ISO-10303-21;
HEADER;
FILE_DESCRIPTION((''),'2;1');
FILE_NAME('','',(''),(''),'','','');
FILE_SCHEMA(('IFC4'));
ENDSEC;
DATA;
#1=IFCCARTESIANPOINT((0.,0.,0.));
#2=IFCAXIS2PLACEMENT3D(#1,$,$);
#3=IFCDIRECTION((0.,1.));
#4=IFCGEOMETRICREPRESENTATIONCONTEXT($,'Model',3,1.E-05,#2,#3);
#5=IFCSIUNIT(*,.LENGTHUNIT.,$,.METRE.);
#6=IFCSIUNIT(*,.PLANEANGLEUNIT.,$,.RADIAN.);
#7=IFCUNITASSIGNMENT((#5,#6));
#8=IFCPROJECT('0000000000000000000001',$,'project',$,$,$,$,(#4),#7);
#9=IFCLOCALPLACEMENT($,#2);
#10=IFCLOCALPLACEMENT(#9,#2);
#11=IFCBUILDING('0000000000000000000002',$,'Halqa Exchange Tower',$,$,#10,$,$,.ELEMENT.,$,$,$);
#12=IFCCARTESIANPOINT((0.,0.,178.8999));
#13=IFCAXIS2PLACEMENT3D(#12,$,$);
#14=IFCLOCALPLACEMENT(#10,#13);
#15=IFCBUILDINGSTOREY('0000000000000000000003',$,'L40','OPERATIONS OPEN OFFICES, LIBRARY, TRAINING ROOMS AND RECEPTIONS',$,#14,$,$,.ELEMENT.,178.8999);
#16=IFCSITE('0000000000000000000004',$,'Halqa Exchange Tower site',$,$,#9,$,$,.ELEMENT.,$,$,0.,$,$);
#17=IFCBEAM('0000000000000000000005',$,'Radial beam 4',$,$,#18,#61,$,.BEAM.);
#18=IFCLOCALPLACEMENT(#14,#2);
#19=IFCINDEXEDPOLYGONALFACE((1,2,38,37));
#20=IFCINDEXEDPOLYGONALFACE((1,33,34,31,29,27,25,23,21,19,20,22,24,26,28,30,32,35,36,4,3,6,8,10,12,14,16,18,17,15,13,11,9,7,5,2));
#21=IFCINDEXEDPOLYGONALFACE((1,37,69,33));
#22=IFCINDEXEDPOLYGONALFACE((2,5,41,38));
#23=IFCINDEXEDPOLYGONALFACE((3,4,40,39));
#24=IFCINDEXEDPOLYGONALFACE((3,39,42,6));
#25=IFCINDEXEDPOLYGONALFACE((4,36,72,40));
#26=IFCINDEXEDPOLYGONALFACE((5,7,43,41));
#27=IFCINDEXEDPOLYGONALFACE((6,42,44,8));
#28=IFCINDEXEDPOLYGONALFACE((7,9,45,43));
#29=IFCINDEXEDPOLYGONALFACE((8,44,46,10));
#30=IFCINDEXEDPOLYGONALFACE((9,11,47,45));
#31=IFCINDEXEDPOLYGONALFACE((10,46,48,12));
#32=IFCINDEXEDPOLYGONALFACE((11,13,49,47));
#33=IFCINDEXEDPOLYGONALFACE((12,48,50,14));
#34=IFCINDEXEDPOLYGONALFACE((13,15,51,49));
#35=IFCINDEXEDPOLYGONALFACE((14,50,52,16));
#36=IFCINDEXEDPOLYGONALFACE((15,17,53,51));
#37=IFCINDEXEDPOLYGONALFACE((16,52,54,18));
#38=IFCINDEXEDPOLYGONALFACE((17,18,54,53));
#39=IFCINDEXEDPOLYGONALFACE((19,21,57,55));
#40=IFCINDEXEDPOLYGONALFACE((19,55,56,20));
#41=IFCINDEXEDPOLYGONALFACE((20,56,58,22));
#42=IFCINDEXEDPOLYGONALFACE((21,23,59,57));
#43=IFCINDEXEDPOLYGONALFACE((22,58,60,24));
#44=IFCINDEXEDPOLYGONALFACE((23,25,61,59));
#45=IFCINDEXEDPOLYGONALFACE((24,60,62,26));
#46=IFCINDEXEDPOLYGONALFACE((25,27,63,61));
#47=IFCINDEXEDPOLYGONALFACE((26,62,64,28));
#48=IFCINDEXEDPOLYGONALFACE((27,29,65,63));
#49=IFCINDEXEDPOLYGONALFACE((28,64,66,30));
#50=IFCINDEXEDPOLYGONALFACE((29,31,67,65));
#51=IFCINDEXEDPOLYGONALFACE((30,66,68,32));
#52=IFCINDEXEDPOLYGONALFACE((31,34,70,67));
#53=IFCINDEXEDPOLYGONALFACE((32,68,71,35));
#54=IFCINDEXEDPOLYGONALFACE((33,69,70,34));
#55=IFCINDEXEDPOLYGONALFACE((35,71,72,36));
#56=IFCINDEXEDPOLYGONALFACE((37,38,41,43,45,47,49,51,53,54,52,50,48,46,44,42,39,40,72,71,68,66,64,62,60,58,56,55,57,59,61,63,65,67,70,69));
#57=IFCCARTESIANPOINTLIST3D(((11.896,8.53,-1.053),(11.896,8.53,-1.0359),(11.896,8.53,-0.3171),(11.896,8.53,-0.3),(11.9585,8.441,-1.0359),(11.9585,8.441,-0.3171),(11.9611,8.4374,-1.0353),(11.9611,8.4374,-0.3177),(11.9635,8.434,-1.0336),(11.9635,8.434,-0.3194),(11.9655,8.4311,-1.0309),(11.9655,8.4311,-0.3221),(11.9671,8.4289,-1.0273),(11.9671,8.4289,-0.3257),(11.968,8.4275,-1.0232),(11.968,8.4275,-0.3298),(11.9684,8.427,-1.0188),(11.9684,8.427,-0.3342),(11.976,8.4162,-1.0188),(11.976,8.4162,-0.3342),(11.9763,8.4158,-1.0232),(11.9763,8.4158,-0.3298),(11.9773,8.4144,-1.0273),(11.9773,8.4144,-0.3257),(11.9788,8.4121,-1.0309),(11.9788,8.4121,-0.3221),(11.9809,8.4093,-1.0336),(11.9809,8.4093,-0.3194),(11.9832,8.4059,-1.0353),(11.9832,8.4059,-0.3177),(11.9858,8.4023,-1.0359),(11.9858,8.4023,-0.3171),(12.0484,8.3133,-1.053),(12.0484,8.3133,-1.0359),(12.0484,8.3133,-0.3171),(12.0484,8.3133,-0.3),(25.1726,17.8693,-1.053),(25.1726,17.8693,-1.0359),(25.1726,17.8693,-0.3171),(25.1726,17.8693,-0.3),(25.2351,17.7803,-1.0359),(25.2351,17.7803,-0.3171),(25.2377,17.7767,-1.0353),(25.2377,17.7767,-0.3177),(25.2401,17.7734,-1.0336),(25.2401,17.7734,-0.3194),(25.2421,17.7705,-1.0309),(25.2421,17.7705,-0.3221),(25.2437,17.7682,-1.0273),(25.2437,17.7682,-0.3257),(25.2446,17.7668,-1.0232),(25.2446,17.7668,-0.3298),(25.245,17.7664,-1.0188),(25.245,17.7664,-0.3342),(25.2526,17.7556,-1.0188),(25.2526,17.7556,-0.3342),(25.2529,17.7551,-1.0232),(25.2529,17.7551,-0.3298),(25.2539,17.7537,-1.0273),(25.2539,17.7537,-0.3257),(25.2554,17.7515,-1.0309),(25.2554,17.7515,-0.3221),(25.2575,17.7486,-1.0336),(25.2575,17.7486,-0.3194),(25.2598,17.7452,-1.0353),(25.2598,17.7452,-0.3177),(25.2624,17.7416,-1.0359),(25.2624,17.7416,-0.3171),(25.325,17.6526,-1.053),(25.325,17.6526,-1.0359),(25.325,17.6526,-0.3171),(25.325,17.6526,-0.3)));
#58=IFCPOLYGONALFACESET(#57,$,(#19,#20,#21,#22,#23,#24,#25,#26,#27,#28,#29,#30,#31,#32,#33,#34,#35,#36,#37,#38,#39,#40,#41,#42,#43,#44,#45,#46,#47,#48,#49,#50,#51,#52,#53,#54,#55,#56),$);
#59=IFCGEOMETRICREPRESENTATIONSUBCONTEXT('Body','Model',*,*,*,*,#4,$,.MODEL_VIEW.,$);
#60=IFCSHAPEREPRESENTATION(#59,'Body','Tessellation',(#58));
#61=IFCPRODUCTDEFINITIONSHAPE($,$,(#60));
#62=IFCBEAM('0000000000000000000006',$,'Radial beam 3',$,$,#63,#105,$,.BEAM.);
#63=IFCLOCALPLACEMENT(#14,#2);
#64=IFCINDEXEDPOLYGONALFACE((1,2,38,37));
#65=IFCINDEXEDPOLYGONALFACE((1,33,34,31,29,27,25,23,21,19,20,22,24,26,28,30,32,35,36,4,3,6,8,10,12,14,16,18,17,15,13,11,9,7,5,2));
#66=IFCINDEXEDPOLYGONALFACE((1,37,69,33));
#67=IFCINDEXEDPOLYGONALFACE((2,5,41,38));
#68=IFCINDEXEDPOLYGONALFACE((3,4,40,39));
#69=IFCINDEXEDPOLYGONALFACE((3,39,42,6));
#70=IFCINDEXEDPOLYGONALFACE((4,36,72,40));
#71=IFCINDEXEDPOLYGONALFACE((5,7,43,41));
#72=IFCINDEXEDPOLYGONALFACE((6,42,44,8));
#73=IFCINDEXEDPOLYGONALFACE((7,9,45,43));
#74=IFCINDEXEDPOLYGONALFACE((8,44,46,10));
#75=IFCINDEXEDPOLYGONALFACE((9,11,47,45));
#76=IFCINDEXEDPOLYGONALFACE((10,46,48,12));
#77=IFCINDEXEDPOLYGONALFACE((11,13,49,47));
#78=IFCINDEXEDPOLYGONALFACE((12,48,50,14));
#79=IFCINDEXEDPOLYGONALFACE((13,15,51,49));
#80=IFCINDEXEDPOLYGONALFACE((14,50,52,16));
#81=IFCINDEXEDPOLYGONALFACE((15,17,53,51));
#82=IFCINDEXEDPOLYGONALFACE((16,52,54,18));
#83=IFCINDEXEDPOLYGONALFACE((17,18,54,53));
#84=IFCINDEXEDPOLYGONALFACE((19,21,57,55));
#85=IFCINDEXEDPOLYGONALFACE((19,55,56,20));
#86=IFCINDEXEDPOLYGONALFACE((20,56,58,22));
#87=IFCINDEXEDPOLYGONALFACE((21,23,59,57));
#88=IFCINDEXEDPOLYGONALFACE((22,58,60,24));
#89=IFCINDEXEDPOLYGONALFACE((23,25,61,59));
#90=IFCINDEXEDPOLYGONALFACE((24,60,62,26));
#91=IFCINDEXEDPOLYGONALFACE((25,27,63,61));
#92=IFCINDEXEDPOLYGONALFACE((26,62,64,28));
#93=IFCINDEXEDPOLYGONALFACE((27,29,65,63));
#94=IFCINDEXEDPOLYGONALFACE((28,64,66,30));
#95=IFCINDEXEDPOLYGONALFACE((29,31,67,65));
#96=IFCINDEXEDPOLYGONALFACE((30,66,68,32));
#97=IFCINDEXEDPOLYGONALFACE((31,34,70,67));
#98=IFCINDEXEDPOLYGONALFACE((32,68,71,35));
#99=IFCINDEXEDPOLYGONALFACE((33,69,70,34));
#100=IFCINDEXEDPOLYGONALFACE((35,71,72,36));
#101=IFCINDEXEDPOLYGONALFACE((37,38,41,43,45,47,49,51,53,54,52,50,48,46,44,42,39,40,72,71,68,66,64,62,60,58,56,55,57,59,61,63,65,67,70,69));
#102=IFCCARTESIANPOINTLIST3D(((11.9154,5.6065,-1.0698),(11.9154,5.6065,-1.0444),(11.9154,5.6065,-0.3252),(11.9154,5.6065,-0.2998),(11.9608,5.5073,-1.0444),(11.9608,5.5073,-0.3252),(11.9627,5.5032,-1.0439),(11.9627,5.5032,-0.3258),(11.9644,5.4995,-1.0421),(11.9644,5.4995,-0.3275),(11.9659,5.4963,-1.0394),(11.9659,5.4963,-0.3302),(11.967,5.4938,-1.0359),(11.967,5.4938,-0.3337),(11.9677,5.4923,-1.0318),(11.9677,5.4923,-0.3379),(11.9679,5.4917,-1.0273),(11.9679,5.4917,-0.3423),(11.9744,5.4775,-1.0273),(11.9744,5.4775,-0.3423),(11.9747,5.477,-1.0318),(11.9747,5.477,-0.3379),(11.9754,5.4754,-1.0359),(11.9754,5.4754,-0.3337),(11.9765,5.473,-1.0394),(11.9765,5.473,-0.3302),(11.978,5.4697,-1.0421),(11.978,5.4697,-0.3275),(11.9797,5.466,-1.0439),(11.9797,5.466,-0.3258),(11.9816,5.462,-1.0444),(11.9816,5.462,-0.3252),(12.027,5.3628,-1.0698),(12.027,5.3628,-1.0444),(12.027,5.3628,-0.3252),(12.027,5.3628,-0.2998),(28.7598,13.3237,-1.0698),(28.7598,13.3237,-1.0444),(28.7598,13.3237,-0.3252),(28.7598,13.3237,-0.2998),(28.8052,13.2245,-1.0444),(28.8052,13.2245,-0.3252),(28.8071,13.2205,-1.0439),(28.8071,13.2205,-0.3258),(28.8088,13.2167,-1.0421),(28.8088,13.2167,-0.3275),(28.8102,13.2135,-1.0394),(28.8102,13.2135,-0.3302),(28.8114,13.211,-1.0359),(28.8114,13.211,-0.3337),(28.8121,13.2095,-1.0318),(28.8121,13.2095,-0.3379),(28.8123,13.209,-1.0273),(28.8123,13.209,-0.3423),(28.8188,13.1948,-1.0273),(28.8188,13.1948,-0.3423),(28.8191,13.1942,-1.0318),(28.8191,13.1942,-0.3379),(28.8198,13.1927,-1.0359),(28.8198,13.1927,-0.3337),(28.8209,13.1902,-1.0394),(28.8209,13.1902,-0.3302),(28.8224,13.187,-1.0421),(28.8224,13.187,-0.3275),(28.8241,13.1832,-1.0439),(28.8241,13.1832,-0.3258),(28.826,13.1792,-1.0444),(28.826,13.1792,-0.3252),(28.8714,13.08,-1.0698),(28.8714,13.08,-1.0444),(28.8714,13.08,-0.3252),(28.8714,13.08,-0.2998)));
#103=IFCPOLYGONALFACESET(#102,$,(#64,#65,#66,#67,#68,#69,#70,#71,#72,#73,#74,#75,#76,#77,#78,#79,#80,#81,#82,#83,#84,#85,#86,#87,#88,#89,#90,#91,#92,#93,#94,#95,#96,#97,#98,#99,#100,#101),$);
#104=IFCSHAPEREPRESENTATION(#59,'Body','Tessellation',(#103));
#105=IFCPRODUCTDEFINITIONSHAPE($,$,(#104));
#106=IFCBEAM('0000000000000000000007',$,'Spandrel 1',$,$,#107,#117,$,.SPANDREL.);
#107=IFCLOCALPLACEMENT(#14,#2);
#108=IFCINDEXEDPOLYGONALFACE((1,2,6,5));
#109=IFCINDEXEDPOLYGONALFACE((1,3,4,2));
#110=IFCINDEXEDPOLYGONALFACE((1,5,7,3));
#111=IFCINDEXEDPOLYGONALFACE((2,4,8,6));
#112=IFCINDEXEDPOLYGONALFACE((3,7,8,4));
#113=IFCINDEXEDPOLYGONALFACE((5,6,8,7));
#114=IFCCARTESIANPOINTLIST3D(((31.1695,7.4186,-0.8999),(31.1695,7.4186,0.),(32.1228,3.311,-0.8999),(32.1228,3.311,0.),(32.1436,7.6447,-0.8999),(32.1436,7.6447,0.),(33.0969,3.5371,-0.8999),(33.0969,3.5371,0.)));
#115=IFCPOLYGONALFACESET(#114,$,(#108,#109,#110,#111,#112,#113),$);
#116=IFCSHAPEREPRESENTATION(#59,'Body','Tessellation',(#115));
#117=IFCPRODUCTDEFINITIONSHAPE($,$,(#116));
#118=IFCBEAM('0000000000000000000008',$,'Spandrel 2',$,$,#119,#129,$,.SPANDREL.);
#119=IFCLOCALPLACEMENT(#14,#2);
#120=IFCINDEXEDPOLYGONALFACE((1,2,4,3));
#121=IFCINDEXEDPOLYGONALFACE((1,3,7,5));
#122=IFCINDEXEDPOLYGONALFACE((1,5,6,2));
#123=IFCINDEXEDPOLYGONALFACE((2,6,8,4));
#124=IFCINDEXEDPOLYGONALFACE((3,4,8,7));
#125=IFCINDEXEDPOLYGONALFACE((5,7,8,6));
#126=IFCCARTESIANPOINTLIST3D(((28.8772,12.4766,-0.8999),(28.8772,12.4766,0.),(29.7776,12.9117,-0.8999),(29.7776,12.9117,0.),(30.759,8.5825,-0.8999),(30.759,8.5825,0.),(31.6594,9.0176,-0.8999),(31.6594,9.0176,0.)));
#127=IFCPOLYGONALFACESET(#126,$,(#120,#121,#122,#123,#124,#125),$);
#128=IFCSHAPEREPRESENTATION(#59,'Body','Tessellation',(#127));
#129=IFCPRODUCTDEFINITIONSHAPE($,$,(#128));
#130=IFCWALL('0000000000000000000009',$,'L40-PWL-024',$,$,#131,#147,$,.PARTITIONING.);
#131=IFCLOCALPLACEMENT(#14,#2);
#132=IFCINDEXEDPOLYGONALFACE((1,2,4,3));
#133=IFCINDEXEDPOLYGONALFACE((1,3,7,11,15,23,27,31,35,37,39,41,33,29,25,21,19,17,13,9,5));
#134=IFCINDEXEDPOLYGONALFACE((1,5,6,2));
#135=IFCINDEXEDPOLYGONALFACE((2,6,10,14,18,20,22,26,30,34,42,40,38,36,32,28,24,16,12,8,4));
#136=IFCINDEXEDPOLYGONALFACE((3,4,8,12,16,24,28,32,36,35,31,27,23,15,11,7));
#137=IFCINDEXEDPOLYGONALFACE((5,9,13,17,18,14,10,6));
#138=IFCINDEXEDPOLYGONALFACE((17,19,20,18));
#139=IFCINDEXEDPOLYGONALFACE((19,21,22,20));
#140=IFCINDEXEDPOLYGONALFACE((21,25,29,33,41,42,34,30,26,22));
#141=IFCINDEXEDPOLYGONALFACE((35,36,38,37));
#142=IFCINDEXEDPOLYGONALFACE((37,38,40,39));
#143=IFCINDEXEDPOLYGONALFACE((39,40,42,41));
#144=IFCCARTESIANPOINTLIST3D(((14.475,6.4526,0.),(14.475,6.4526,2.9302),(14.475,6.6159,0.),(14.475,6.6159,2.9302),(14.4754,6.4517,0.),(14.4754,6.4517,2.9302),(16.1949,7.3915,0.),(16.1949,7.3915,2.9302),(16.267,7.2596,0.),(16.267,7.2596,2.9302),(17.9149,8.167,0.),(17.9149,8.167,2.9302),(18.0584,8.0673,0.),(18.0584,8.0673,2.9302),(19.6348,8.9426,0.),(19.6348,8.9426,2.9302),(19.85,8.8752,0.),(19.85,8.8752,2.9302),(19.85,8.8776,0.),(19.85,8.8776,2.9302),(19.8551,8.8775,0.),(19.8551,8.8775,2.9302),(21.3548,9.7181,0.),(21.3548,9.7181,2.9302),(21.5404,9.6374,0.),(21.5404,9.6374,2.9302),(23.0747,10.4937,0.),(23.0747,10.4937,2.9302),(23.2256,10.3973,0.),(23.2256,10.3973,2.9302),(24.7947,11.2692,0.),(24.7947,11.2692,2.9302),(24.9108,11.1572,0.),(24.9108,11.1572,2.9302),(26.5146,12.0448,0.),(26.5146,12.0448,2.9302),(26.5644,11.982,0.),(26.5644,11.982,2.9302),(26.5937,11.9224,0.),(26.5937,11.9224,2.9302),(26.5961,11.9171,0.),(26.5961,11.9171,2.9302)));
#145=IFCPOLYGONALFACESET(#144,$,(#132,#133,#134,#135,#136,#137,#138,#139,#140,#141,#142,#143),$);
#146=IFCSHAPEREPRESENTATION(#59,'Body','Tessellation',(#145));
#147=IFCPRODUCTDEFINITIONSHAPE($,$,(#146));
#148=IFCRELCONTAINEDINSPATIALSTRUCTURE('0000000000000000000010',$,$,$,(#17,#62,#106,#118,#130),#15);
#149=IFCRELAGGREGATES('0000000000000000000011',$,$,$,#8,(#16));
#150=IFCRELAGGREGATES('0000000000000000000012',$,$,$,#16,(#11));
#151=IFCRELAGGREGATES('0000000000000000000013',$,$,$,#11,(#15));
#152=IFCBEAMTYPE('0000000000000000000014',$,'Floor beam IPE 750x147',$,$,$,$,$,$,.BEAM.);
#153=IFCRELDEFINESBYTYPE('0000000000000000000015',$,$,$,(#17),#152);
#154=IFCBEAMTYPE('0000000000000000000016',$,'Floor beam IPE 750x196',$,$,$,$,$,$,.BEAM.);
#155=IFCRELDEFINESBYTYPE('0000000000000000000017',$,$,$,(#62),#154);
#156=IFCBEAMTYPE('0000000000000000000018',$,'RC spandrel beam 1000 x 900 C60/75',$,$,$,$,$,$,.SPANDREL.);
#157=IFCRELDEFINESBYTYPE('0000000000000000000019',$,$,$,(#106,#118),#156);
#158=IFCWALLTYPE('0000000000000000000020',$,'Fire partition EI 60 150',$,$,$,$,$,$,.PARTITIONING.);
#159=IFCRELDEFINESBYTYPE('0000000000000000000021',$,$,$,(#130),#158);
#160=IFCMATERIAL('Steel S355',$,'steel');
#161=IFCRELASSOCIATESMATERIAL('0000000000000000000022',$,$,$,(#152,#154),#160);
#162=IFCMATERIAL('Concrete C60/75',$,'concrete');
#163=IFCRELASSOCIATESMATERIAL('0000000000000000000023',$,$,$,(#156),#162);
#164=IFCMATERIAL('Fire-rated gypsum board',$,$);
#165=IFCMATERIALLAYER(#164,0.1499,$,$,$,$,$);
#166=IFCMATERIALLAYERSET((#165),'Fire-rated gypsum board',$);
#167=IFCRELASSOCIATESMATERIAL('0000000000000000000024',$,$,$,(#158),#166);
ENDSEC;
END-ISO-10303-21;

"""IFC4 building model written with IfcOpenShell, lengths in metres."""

from ifc_helpers import new_model, si_unit, direction, frame, origin, origin_2d, place, context, subcontext, project, spatial, polyline, rectangle, i_section, outline, extrude, material, layer, layer_set, material_profile, profile_set, type_object, element, save


model = new_model("IFC4")

# Units and contexts
model_context = context("Model", 3, precision=1e-05, world=origin(), true_north=direction((0.0, 1.0)))
body_context = subcontext(model_context, "Body", "Model", "MODEL_VIEW")
ifc_project = project(units=[si_unit("LENGTHUNIT", "METRE"), si_unit("PLANEANGLEUNIT", "RADIAN")], contexts=[model_context])

# Site, building, storey
site_placement = place(None, origin())
site = spatial("IfcSite", under=ifc_project, at=site_placement, Name="Halqa Exchange Tower site", CompositionType="ELEMENT", RefElevation=0.0)
building_placement = place(site_placement, origin())
building = spatial("IfcBuilding", under=site, at=building_placement, Name="Halqa Exchange Tower", CompositionType="ELEMENT")
storey_placement = place(building_placement, frame((0.0, 0.0, 178.8999)))
storey = spatial("IfcBuildingStorey", under=building, at=storey_placement, Name="L40", Description="OPERATIONS OPEN OFFICES, LIBRARY, TRAINING ROOMS AND RECEPTIONS", CompositionType="ELEMENT", Elevation=178.8999)

# Beams
ifc_material_1 = material(Name="Steel S355", Category="steel")
ifc_material_profile_1 = material_profile(ifc_material_1, i_section(OverallWidth=0.2649, OverallDepth=0.7529, WebThickness=0.0132, FlangeThickness=0.0171, FilletRadius=0.0171, at=origin_2d()), Name="IPE 750x147")
ifc_profile_set_1 = profile_set([ifc_material_profile_1], Name="Steel S355")
beam_type_1 = type_object("IfcBeamType", Name="Floor beam IPE 750x147", PredefinedType="BEAM", material=ifc_profile_set_1)
beam_1_placement = place(storey_placement, frame((11.9722, 8.4216, -0.6765), z_axis=(0.817906, 0.575351, 0.0), x_axis=(-0.575351, 0.817906, 0.0)))
element("IfcBeam", 1, at=beam_1_placement, inside=storey, type_object=beam_type_1, Name="Radial beam 4", PredefinedType="BEAM", context=body_context, shape_type="SweptSolid", body=[
    extrude(i_section(OverallWidth=0.2649, OverallDepth=0.7529, WebThickness=0.0132, FlangeThickness=0.0171, FilletRadius=0.0171, at=origin_2d()), origin(), (0.0, 0.0, 1.0), 16.2324),
])
ifc_material_profile_2 = material_profile(ifc_material_1, i_section(OverallWidth=0.2681, OverallDepth=0.77, WebThickness=0.0156, FlangeThickness=0.0254, FilletRadius=0.0171, at=origin_2d()), Name="IPE 750x196")
ifc_profile_set_2 = profile_set([ifc_material_profile_2], Name="Steel S355")
beam_type_2 = type_object("IfcBeamType", Name="Floor beam IPE 750x196", PredefinedType="BEAM", material=ifc_profile_set_2)
beam_2_placement = place(storey_placement, frame((11.9712, 5.4846, -0.6848), z_axis=(0.909128, 0.416516, 0.0), x_axis=(-0.416516, 0.909128, 0.0)))
element("IfcBeam", 2, at=beam_2_placement, inside=storey, type_object=beam_type_2, Name="Radial beam 3", PredefinedType="BEAM", context=body_context, shape_type="SweptSolid", body=[
    extrude(i_section(OverallWidth=0.2681, OverallDepth=0.77, WebThickness=0.0156, FlangeThickness=0.0254, FilletRadius=0.0171, at=origin_2d()), origin(), (0.0, 0.0, 1.0), 18.5281),
])
ifc_material_2 = material(Name="Concrete C60/75", Category="concrete")
ifc_material_profile_3 = material_profile(ifc_material_2, rectangle(XDim=1.0, YDim=0.8999, at=origin_2d()), Name="1000 x 900")
ifc_profile_set_3 = profile_set([ifc_material_profile_3], Name="Concrete C60/75")
beam_type_3 = type_object("IfcBeamType", Name="RC spandrel beam 1000 x 900 C60/75", PredefinedType="SPANDREL", material=ifc_profile_set_3)
beam_3_placement = place(storey_placement, frame((32.6099, 3.4241, -0.45), z_axis=(-0.226086, 0.974107, 0.0), x_axis=(-0.974107, -0.226086, 0.0)))
element("IfcBeam", 3, at=beam_3_placement, inside=storey, type_object=beam_type_3, Name="Spandrel 1", PredefinedType="SPANDREL", context=body_context, shape_type="SweptSolid", body=[
    extrude(rectangle(XDim=1.0, YDim=0.8999, at=origin_2d()), origin(), (0.0, 0.0, 1.0), 4.2168),
])
beam_4_placement = place(storey_placement, frame((31.2092, 8.8, -0.45), z_axis=(-0.435115, 0.900375, 0.0), x_axis=(-0.900375, -0.435115, 0.0)))
element("IfcBeam", 4, at=beam_4_placement, inside=storey, type_object=beam_type_3, Name="Spandrel 2", PredefinedType="SPANDREL", context=body_context, shape_type="SweptSolid", body=[
    extrude(rectangle(XDim=1.0, YDim=0.8999, at=origin_2d()), origin(), (0.0, 0.0, 1.0), 4.325),
])

# Shared definitions
ifc_material_3 = material(Name="Fire-rated gypsum board")
ifc_layer_1 = layer(ifc_material_3, 0.1499)
ifc_layer_set_1 = layer_set([ifc_layer_1], Name="Fire-rated gypsum board")
wall_type_1 = type_object("IfcWallType", Name="Fire partition EI 60 150", PredefinedType="PARTITIONING", material=ifc_layer_set_1)

# Wall
wall_1_placement = place(storey_placement, frame((14.4446, 6.52, 0.0), z_axis=(0.0, 0.0, 1.0), x_axis=(0.91161, 0.411056, 0.0)))
element("IfcWall", 5, at=wall_1_placement, inside=storey, type_object=wall_type_1, Name="L40-PWL-024", PredefinedType="PARTITIONING", context=body_context, shape_type="SweptSolid", body=[
    extrude(outline(polyline([(0.0, -0.075), (1.9653, -0.075), (3.9304, -0.075), (5.8958, -0.075), (5.8967, -0.0728), (5.9014, -0.075), (7.75, -0.075), (9.5986, -0.075), (11.4473, -0.075), (13.2959, -0.075), (13.2959, -0.0691), (13.2937, -0.0027), (13.2742, 0.075), (11.3875, 0.075), (9.5007, 0.075), (7.614, 0.075), (5.7273, 0.075), (3.8406, 0.075), (1.9539, 0.075), (0.0671, 0.075), (0.0, -0.074), (0.0, -0.075)])), origin(), (0.0, 0.0, 1.0), 2.9302),
])

save(model, "model.ifc")
